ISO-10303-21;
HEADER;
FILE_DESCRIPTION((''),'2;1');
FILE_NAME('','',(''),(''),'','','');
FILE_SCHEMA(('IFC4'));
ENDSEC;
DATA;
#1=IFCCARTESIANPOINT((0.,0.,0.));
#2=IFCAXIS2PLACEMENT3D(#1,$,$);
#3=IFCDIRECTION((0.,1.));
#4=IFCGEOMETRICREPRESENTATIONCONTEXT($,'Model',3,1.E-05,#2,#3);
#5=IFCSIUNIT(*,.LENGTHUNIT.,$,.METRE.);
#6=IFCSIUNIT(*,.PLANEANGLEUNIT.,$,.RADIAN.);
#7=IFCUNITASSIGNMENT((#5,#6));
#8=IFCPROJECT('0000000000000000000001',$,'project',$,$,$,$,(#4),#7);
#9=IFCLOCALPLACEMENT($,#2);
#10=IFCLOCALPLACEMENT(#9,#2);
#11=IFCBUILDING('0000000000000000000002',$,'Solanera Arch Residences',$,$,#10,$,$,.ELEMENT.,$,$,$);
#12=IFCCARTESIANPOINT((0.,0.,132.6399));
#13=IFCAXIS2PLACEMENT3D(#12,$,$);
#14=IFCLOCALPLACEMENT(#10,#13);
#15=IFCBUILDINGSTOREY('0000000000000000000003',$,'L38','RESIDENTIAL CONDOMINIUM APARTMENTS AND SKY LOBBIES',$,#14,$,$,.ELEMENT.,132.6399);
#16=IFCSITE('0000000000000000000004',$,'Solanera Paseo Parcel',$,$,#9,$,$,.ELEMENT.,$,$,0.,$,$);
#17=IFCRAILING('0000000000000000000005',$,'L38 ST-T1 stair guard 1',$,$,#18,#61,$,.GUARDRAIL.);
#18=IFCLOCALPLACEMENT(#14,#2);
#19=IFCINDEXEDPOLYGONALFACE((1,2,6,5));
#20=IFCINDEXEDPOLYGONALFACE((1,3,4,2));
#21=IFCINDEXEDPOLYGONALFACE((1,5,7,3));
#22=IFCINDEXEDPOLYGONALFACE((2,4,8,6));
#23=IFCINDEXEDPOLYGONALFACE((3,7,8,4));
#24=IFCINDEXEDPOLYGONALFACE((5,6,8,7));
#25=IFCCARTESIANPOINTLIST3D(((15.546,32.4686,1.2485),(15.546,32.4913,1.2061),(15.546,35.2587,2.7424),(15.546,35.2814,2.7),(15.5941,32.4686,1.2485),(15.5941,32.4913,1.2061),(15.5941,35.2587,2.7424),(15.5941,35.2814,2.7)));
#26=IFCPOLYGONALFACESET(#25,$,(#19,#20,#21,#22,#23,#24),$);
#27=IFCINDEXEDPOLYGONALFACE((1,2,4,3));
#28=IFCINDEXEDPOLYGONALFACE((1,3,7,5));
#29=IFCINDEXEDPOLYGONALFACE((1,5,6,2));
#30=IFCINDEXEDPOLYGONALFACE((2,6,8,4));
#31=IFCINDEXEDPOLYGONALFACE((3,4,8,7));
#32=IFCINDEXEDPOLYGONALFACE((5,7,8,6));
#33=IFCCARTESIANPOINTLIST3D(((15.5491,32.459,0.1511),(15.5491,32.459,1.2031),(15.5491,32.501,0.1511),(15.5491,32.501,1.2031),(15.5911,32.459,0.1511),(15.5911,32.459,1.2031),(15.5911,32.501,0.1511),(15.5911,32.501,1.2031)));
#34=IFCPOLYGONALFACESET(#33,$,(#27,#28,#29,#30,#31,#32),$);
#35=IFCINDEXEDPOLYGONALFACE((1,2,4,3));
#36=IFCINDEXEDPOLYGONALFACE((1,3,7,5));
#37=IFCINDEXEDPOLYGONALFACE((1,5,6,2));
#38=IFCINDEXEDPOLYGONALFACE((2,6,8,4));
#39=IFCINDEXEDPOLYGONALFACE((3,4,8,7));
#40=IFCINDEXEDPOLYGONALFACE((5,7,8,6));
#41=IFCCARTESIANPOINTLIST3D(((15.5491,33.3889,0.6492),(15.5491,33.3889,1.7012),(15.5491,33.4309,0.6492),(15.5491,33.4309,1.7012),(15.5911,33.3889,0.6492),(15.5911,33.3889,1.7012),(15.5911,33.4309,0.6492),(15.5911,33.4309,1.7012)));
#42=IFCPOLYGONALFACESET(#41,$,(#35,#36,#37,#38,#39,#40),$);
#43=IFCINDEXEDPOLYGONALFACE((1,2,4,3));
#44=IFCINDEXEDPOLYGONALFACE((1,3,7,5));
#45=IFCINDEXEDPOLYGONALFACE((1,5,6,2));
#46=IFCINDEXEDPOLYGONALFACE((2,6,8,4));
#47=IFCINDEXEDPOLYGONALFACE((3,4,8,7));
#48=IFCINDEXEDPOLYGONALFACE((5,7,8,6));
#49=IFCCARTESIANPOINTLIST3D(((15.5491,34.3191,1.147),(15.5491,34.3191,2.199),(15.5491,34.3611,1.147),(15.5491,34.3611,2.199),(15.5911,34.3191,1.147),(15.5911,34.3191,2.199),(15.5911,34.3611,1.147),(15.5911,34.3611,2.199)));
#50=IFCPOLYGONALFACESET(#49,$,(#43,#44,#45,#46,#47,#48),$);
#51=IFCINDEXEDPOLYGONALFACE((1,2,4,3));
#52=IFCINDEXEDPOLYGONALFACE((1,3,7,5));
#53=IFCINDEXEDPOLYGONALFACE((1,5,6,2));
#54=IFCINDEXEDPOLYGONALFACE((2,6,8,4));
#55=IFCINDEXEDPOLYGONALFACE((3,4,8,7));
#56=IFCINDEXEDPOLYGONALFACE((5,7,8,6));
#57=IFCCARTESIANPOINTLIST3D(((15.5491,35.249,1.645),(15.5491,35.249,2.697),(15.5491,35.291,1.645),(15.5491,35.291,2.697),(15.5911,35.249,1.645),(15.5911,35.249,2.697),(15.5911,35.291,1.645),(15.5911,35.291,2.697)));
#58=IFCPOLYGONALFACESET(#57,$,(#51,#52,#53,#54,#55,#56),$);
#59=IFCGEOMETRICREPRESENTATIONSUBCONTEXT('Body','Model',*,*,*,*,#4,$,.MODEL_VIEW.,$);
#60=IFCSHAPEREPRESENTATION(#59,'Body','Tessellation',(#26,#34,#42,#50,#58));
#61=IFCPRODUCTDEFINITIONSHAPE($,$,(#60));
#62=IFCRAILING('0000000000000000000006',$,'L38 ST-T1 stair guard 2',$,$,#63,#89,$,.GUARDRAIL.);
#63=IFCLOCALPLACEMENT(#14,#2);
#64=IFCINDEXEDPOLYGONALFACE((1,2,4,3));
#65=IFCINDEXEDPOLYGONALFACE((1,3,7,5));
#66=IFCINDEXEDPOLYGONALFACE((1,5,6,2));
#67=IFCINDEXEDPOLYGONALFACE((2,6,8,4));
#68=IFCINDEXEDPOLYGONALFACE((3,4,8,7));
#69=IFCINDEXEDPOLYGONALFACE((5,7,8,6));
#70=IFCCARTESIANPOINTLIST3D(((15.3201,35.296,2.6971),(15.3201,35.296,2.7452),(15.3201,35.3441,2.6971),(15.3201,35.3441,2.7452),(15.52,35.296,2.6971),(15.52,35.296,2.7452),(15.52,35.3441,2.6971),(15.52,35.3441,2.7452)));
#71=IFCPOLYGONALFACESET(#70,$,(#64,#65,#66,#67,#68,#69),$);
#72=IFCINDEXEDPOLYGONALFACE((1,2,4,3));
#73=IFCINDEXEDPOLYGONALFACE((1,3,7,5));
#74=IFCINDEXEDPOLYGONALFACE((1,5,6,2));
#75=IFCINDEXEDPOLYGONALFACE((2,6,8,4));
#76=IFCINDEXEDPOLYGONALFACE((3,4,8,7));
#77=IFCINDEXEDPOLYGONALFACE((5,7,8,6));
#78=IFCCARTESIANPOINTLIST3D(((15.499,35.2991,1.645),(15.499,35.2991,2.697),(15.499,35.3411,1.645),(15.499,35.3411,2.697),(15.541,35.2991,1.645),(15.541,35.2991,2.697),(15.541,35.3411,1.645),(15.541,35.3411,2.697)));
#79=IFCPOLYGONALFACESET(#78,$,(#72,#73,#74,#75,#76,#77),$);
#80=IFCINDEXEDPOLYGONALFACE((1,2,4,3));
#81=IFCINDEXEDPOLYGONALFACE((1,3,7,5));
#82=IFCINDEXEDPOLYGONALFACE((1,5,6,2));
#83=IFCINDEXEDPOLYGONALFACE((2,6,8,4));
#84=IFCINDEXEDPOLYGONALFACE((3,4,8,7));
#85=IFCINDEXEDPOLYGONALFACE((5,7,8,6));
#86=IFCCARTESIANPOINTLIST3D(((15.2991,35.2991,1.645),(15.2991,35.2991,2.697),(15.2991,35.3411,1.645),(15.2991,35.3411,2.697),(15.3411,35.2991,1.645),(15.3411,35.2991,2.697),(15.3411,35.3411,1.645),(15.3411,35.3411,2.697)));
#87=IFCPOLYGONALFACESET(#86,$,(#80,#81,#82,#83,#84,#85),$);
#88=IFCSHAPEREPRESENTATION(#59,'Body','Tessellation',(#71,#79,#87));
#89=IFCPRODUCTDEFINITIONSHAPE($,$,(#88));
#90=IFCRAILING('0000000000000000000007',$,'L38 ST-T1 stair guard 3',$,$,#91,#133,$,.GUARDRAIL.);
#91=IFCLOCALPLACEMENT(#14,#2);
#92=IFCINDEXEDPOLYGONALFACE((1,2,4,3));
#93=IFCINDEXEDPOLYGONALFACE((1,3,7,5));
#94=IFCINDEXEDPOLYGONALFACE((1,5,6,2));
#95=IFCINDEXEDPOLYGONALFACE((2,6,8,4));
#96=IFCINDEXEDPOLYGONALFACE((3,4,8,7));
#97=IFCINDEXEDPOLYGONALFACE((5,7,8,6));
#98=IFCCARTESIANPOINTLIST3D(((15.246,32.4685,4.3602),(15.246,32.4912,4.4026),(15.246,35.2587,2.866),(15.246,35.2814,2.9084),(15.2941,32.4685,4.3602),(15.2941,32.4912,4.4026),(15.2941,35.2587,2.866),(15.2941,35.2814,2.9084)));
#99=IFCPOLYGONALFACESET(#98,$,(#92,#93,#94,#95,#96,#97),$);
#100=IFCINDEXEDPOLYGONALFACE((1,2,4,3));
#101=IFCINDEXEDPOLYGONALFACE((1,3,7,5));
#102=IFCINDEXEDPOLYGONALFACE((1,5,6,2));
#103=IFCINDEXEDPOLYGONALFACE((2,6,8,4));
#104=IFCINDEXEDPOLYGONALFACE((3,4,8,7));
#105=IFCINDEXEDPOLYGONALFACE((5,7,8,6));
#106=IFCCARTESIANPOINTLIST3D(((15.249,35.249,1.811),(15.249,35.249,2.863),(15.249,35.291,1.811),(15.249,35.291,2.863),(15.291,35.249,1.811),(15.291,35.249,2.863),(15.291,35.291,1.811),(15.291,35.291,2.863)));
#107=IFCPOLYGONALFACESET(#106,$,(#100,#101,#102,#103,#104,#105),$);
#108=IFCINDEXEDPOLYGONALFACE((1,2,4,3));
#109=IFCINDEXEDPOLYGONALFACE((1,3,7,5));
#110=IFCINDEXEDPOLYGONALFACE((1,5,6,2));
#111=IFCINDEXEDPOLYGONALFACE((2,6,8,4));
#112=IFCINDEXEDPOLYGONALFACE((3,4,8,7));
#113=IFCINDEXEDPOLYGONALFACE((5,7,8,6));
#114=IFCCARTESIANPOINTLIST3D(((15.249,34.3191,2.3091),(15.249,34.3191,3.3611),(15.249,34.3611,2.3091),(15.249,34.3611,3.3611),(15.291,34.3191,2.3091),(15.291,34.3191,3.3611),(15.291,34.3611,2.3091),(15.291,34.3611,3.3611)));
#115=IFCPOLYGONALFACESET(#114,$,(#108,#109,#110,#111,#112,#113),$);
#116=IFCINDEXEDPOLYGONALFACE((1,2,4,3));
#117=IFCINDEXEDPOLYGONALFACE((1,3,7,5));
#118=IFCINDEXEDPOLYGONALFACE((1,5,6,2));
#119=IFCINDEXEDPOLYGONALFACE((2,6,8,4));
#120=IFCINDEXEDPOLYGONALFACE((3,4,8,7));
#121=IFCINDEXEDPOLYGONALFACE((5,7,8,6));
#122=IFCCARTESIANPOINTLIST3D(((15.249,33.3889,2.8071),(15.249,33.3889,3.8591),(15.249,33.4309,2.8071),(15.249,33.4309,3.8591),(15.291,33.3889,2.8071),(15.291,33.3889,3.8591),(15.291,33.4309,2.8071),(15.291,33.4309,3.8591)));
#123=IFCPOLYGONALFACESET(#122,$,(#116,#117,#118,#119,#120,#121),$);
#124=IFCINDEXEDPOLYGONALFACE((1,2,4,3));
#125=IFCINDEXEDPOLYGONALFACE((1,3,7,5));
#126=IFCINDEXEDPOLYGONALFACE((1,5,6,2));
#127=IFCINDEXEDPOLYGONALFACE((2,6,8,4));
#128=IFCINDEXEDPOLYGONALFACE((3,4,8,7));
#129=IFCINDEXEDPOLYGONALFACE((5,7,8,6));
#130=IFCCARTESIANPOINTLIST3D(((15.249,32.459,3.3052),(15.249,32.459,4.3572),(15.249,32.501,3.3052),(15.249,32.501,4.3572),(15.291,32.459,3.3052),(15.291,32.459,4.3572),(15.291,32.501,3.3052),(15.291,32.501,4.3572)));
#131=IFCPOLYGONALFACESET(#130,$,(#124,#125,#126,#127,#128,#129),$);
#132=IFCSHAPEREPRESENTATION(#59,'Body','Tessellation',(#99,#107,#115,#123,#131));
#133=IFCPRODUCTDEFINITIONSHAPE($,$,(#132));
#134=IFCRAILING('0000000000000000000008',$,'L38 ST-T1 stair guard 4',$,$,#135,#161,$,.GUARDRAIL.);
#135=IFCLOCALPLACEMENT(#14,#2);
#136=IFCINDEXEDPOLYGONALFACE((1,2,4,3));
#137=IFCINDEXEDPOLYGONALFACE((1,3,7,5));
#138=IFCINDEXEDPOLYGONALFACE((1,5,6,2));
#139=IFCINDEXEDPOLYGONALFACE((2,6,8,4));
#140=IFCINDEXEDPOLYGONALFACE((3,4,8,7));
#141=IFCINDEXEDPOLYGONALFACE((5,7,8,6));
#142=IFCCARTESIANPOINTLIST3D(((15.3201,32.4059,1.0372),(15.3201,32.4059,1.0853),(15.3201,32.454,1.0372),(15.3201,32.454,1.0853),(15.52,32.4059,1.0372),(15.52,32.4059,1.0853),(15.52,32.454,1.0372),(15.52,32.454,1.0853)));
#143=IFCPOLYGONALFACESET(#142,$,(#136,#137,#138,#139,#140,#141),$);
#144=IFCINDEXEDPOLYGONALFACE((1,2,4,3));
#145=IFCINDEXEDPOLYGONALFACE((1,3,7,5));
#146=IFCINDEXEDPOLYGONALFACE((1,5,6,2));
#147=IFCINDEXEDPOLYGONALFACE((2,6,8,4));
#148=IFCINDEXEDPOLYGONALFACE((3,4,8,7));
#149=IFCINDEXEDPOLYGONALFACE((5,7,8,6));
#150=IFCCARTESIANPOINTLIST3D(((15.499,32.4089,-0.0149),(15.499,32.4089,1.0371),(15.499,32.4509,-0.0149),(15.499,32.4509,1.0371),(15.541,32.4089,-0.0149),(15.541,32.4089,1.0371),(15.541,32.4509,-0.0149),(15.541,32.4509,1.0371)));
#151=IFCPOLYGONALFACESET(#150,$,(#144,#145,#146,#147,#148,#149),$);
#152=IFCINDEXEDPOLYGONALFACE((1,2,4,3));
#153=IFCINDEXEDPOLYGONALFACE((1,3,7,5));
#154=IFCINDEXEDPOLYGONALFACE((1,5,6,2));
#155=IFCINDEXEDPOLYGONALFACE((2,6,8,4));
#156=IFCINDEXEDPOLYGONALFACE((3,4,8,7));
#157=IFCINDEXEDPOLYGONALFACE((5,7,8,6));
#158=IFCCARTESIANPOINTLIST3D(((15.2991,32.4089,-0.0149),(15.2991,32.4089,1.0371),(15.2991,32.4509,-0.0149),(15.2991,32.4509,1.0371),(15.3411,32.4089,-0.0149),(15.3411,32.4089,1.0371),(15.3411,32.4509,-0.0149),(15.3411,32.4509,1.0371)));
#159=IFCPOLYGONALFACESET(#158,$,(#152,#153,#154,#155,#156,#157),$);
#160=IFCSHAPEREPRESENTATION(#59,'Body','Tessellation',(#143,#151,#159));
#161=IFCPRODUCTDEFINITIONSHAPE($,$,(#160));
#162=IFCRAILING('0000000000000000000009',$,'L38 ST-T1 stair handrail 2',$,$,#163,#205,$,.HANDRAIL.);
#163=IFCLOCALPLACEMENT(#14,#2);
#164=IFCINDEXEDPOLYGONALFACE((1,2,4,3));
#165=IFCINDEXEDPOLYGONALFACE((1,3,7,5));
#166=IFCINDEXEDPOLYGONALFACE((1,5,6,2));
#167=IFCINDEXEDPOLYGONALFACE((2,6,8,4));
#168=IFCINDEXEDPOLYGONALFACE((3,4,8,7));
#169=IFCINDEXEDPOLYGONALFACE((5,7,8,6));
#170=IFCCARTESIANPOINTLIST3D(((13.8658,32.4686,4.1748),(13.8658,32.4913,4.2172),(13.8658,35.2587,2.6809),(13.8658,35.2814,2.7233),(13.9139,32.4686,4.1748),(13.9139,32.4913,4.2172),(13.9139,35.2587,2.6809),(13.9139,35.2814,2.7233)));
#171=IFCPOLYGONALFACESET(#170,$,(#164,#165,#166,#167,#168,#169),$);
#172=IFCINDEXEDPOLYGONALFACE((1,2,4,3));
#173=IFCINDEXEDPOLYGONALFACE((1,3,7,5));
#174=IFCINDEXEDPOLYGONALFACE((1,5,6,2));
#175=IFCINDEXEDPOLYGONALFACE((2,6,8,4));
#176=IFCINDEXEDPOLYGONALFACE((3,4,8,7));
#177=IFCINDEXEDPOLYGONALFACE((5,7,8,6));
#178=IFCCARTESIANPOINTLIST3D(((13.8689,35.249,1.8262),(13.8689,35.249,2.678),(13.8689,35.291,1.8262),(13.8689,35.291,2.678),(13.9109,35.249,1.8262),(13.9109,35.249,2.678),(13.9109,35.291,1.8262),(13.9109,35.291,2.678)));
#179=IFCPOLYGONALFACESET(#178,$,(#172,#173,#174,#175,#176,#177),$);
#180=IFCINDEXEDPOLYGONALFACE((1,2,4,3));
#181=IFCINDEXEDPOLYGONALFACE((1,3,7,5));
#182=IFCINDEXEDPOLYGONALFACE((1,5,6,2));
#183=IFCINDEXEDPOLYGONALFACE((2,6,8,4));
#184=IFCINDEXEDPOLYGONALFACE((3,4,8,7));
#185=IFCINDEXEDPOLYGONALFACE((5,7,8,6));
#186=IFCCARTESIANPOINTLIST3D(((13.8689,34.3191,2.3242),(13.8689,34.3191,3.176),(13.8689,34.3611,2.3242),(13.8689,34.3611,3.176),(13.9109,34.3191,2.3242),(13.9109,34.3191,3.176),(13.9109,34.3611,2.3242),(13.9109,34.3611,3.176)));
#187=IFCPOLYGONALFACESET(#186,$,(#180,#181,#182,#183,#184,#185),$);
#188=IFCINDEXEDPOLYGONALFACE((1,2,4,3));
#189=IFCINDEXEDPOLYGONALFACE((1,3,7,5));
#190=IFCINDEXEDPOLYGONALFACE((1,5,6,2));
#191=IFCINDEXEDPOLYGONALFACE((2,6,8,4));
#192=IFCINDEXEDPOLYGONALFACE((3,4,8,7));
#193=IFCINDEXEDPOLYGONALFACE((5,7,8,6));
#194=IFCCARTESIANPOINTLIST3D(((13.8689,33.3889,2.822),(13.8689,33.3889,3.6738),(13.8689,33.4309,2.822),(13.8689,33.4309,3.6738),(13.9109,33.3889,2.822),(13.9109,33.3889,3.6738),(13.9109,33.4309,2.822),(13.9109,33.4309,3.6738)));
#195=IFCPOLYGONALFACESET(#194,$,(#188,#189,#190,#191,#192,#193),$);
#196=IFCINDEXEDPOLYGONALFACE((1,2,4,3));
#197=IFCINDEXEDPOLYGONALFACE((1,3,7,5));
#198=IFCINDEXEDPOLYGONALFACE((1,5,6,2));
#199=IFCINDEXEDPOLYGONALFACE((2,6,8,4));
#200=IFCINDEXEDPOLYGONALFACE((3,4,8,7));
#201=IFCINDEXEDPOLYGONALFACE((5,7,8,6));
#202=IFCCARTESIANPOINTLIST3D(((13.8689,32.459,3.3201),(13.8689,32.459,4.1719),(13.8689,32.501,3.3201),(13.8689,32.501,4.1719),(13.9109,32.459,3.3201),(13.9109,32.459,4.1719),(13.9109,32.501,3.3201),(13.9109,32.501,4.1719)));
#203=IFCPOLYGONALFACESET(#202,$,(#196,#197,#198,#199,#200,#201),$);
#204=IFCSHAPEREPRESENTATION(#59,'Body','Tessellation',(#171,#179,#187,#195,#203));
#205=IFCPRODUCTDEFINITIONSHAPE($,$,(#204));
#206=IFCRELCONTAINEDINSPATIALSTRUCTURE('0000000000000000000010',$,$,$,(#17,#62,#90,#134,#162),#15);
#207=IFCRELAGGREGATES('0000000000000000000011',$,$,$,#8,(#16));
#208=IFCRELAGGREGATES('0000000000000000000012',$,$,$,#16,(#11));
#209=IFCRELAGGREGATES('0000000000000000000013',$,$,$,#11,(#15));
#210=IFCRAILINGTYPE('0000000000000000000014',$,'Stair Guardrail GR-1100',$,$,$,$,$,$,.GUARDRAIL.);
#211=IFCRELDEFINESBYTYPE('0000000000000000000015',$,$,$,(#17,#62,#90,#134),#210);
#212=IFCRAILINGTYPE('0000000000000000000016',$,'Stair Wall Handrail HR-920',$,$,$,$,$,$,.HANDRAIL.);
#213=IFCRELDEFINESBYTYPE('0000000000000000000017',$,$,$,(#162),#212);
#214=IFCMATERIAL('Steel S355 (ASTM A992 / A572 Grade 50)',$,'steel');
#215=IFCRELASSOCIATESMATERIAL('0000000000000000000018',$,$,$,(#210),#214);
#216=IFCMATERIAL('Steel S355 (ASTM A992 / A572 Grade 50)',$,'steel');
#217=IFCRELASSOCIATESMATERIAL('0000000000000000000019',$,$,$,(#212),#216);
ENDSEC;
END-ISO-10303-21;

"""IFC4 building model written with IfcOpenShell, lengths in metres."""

from ifc_helpers import new_model, si_unit, direction, frame, origin, origin_2d, place, context, subcontext, project, spatial, rectangle, extrude, material, type_object, element, save


model = new_model("IFC4")

# Units and contexts
model_context = context("Model", 3, precision=1e-05, world=origin(), true_north=direction((0.0, 1.0)))
body_context = subcontext(model_context, "Body", "Model", "MODEL_VIEW")
ifc_project = project(units=[si_unit("LENGTHUNIT", "METRE"), si_unit("PLANEANGLEUNIT", "RADIAN")], contexts=[model_context])

# Site, building, storey
site_placement = place(None, origin())
site = spatial("IfcSite", under=ifc_project, at=site_placement, Name="Solanera Paseo Parcel", CompositionType="ELEMENT", RefElevation=0.0)
building_placement = place(site_placement, origin())
building = spatial("IfcBuilding", under=site, at=building_placement, Name="Solanera Arch Residences", CompositionType="ELEMENT")
storey_placement = place(building_placement, frame((0.0, 0.0, 132.6399)))
storey = spatial("IfcBuildingStorey", under=building, at=storey_placement, Name="L38", Description="RESIDENTIAL CONDOMINIUM APARTMENTS AND SKY LOBBIES", CompositionType="ELEMENT", Elevation=132.6399)

# Railings
ifc_material_1 = material(Name="Steel S355 (ASTM A992 / A572 Grade 50)", Category="steel")
railing_type_1 = type_object("IfcRailingType", Name="Stair Guardrail GR-1100", PredefinedType="GUARDRAIL", material=ifc_material_1)
railing_1_placement = place(storey_placement, frame((15.5701, 32.48, 0.1511)))
element("IfcRailing", 1, at=railing_1_placement, inside=storey, type_object=railing_type_1, Name="L38 ST-T1 stair guard 1", PredefinedType="GUARDRAIL", context=body_context, shape_type="SweptSolid", body=[
    extrude(rectangle(XDim=0.0481, YDim=0.0481, at=origin_2d()), frame((0.0, 0.0, 1.0762), z_axis=(0.0, 0.881581, 0.472033), x_axis=(-1.0, 0.0, 0.0)), (0.0, 0.0, 1.0), 3.1648),
    extrude(rectangle(XDim=0.042, YDim=0.042, at=origin_2d()), origin(), (0.0, 0.0, 1.0), 1.052),
    extrude(rectangle(XDim=0.042, YDim=0.042, at=origin_2d()), frame((0.0, 0.9299, 0.498)), (0.0, 0.0, 1.0), 1.052),
    extrude(rectangle(XDim=0.042, YDim=0.042, at=origin_2d()), frame((0.0, 1.8601, 0.9958)), (0.0, 0.0, 1.0), 1.052),
    extrude(rectangle(XDim=0.042, YDim=0.042, at=origin_2d()), frame((0.0, 2.79, 1.4939)), (0.0, 0.0, 1.0), 1.052),
])
railing_2_placement = place(storey_placement, frame((15.52, 35.3201, 1.645)))
element("IfcRailing", 2, at=railing_2_placement, inside=storey, type_object=railing_type_1, Name="L38 ST-T1 stair guard 2", PredefinedType="GUARDRAIL", context=body_context, shape_type="SweptSolid", body=[
    extrude(rectangle(XDim=0.0481, YDim=0.0481, at=origin_2d()), frame((0.0, 0.0, 1.0762), z_axis=(-1.0, 0.0, 0.0), x_axis=(0.0, -1.0, 0.0)), (0.0, 0.0, 1.0), 0.2),
    extrude(rectangle(XDim=0.042, YDim=0.042, at=origin_2d()), origin(), (0.0, 0.0, 1.0), 1.052),
    extrude(rectangle(XDim=0.042, YDim=0.042, at=origin_2d()), frame((-0.2, 0.0, 0.0)), (0.0, 0.0, 1.0), 1.052),
])
railing_3_placement = place(storey_placement, frame((15.27, 35.27, 1.811)))
element("IfcRailing", 3, at=railing_3_placement, inside=storey, type_object=railing_type_1, Name="L38 ST-T1 stair guard 3", PredefinedType="GUARDRAIL", context=body_context, shape_type="SweptSolid", body=[
    extrude(rectangle(XDim=0.0481, YDim=0.0481, at=origin_2d()), frame((0.0, 0.0, 1.0762), z_axis=(0.0, -0.881549, 0.472093), x_axis=(1.0, 0.0, 0.0)), (0.0, 0.0, 1.0), 3.165),
    extrude(rectangle(XDim=0.042, YDim=0.042, at=origin_2d()), origin(), (0.0, 0.0, 1.0), 1.052),
    extrude(rectangle(XDim=0.042, YDim=0.042, at=origin_2d()), frame((0.0, -0.9299, 0.498)), (0.0, 0.0, 1.0), 1.052),
    extrude(rectangle(XDim=0.042, YDim=0.042, at=origin_2d()), frame((0.0, -1.8601, 0.9961)), (0.0, 0.0, 1.0), 1.052),
    extrude(rectangle(XDim=0.042, YDim=0.042, at=origin_2d()), frame((0.0, -2.79, 1.4941)), (0.0, 0.0, 1.0), 1.052),
])
railing_4_placement = place(storey_placement, frame((15.52, 32.4299, -0.0149)))
element("IfcRailing", 4, at=railing_4_placement, inside=storey, type_object=railing_type_1, Name="L38 ST-T1 stair guard 4", PredefinedType="GUARDRAIL", context=body_context, shape_type="SweptSolid", body=[
    extrude(rectangle(XDim=0.0481, YDim=0.0481, at=origin_2d()), frame((0.0, 0.0, 1.0762), z_axis=(-1.0, 0.0, 0.0), x_axis=(0.0, -1.0, 0.0)), (0.0, 0.0, 1.0), 0.2),
    extrude(rectangle(XDim=0.042, YDim=0.042, at=origin_2d()), origin(), (0.0, 0.0, 1.0), 1.052),
    extrude(rectangle(XDim=0.042, YDim=0.042, at=origin_2d()), frame((-0.2, 0.0, 0.0)), (0.0, 0.0, 1.0), 1.052),
])
ifc_material_2 = material(Name="Steel S355 (ASTM A992 / A572 Grade 50)", Category="steel")
railing_type_2 = type_object("IfcRailingType", Name="Stair Wall Handrail HR-920", PredefinedType="HANDRAIL", material=ifc_material_2)
railing_5_placement = place(storey_placement, frame((13.8899, 35.27, 1.8262)))
element("IfcRailing", 5, at=railing_5_placement, inside=storey, type_object=railing_type_2, Name="L38 ST-T1 stair handrail 2", PredefinedType="HANDRAIL", context=body_context, shape_type="SweptSolid", body=[
    extrude(rectangle(XDim=0.0481, YDim=0.0481, at=origin_2d()), frame((0.0, 0.0, 0.876), z_axis=(0.0, -0.881581, 0.472033), x_axis=(1.0, 0.0, 0.0)), (0.0, 0.0, 1.0), 3.1648),
    extrude(rectangle(XDim=0.042, YDim=0.042, at=origin_2d()), origin(), (0.0, 0.0, 1.0), 0.8518),
    extrude(rectangle(XDim=0.042, YDim=0.042, at=origin_2d()), frame((0.0, -0.9299, 0.498)), (0.0, 0.0, 1.0), 0.8518),
    extrude(rectangle(XDim=0.042, YDim=0.042, at=origin_2d()), frame((0.0, -1.8601, 0.9958)), (0.0, 0.0, 1.0), 0.8518),
    extrude(rectangle(XDim=0.042, YDim=0.042, at=origin_2d()), frame((0.0, -2.79, 1.4939)), (0.0, 0.0, 1.0), 0.8518),
])

save(model, "model.ifc")
